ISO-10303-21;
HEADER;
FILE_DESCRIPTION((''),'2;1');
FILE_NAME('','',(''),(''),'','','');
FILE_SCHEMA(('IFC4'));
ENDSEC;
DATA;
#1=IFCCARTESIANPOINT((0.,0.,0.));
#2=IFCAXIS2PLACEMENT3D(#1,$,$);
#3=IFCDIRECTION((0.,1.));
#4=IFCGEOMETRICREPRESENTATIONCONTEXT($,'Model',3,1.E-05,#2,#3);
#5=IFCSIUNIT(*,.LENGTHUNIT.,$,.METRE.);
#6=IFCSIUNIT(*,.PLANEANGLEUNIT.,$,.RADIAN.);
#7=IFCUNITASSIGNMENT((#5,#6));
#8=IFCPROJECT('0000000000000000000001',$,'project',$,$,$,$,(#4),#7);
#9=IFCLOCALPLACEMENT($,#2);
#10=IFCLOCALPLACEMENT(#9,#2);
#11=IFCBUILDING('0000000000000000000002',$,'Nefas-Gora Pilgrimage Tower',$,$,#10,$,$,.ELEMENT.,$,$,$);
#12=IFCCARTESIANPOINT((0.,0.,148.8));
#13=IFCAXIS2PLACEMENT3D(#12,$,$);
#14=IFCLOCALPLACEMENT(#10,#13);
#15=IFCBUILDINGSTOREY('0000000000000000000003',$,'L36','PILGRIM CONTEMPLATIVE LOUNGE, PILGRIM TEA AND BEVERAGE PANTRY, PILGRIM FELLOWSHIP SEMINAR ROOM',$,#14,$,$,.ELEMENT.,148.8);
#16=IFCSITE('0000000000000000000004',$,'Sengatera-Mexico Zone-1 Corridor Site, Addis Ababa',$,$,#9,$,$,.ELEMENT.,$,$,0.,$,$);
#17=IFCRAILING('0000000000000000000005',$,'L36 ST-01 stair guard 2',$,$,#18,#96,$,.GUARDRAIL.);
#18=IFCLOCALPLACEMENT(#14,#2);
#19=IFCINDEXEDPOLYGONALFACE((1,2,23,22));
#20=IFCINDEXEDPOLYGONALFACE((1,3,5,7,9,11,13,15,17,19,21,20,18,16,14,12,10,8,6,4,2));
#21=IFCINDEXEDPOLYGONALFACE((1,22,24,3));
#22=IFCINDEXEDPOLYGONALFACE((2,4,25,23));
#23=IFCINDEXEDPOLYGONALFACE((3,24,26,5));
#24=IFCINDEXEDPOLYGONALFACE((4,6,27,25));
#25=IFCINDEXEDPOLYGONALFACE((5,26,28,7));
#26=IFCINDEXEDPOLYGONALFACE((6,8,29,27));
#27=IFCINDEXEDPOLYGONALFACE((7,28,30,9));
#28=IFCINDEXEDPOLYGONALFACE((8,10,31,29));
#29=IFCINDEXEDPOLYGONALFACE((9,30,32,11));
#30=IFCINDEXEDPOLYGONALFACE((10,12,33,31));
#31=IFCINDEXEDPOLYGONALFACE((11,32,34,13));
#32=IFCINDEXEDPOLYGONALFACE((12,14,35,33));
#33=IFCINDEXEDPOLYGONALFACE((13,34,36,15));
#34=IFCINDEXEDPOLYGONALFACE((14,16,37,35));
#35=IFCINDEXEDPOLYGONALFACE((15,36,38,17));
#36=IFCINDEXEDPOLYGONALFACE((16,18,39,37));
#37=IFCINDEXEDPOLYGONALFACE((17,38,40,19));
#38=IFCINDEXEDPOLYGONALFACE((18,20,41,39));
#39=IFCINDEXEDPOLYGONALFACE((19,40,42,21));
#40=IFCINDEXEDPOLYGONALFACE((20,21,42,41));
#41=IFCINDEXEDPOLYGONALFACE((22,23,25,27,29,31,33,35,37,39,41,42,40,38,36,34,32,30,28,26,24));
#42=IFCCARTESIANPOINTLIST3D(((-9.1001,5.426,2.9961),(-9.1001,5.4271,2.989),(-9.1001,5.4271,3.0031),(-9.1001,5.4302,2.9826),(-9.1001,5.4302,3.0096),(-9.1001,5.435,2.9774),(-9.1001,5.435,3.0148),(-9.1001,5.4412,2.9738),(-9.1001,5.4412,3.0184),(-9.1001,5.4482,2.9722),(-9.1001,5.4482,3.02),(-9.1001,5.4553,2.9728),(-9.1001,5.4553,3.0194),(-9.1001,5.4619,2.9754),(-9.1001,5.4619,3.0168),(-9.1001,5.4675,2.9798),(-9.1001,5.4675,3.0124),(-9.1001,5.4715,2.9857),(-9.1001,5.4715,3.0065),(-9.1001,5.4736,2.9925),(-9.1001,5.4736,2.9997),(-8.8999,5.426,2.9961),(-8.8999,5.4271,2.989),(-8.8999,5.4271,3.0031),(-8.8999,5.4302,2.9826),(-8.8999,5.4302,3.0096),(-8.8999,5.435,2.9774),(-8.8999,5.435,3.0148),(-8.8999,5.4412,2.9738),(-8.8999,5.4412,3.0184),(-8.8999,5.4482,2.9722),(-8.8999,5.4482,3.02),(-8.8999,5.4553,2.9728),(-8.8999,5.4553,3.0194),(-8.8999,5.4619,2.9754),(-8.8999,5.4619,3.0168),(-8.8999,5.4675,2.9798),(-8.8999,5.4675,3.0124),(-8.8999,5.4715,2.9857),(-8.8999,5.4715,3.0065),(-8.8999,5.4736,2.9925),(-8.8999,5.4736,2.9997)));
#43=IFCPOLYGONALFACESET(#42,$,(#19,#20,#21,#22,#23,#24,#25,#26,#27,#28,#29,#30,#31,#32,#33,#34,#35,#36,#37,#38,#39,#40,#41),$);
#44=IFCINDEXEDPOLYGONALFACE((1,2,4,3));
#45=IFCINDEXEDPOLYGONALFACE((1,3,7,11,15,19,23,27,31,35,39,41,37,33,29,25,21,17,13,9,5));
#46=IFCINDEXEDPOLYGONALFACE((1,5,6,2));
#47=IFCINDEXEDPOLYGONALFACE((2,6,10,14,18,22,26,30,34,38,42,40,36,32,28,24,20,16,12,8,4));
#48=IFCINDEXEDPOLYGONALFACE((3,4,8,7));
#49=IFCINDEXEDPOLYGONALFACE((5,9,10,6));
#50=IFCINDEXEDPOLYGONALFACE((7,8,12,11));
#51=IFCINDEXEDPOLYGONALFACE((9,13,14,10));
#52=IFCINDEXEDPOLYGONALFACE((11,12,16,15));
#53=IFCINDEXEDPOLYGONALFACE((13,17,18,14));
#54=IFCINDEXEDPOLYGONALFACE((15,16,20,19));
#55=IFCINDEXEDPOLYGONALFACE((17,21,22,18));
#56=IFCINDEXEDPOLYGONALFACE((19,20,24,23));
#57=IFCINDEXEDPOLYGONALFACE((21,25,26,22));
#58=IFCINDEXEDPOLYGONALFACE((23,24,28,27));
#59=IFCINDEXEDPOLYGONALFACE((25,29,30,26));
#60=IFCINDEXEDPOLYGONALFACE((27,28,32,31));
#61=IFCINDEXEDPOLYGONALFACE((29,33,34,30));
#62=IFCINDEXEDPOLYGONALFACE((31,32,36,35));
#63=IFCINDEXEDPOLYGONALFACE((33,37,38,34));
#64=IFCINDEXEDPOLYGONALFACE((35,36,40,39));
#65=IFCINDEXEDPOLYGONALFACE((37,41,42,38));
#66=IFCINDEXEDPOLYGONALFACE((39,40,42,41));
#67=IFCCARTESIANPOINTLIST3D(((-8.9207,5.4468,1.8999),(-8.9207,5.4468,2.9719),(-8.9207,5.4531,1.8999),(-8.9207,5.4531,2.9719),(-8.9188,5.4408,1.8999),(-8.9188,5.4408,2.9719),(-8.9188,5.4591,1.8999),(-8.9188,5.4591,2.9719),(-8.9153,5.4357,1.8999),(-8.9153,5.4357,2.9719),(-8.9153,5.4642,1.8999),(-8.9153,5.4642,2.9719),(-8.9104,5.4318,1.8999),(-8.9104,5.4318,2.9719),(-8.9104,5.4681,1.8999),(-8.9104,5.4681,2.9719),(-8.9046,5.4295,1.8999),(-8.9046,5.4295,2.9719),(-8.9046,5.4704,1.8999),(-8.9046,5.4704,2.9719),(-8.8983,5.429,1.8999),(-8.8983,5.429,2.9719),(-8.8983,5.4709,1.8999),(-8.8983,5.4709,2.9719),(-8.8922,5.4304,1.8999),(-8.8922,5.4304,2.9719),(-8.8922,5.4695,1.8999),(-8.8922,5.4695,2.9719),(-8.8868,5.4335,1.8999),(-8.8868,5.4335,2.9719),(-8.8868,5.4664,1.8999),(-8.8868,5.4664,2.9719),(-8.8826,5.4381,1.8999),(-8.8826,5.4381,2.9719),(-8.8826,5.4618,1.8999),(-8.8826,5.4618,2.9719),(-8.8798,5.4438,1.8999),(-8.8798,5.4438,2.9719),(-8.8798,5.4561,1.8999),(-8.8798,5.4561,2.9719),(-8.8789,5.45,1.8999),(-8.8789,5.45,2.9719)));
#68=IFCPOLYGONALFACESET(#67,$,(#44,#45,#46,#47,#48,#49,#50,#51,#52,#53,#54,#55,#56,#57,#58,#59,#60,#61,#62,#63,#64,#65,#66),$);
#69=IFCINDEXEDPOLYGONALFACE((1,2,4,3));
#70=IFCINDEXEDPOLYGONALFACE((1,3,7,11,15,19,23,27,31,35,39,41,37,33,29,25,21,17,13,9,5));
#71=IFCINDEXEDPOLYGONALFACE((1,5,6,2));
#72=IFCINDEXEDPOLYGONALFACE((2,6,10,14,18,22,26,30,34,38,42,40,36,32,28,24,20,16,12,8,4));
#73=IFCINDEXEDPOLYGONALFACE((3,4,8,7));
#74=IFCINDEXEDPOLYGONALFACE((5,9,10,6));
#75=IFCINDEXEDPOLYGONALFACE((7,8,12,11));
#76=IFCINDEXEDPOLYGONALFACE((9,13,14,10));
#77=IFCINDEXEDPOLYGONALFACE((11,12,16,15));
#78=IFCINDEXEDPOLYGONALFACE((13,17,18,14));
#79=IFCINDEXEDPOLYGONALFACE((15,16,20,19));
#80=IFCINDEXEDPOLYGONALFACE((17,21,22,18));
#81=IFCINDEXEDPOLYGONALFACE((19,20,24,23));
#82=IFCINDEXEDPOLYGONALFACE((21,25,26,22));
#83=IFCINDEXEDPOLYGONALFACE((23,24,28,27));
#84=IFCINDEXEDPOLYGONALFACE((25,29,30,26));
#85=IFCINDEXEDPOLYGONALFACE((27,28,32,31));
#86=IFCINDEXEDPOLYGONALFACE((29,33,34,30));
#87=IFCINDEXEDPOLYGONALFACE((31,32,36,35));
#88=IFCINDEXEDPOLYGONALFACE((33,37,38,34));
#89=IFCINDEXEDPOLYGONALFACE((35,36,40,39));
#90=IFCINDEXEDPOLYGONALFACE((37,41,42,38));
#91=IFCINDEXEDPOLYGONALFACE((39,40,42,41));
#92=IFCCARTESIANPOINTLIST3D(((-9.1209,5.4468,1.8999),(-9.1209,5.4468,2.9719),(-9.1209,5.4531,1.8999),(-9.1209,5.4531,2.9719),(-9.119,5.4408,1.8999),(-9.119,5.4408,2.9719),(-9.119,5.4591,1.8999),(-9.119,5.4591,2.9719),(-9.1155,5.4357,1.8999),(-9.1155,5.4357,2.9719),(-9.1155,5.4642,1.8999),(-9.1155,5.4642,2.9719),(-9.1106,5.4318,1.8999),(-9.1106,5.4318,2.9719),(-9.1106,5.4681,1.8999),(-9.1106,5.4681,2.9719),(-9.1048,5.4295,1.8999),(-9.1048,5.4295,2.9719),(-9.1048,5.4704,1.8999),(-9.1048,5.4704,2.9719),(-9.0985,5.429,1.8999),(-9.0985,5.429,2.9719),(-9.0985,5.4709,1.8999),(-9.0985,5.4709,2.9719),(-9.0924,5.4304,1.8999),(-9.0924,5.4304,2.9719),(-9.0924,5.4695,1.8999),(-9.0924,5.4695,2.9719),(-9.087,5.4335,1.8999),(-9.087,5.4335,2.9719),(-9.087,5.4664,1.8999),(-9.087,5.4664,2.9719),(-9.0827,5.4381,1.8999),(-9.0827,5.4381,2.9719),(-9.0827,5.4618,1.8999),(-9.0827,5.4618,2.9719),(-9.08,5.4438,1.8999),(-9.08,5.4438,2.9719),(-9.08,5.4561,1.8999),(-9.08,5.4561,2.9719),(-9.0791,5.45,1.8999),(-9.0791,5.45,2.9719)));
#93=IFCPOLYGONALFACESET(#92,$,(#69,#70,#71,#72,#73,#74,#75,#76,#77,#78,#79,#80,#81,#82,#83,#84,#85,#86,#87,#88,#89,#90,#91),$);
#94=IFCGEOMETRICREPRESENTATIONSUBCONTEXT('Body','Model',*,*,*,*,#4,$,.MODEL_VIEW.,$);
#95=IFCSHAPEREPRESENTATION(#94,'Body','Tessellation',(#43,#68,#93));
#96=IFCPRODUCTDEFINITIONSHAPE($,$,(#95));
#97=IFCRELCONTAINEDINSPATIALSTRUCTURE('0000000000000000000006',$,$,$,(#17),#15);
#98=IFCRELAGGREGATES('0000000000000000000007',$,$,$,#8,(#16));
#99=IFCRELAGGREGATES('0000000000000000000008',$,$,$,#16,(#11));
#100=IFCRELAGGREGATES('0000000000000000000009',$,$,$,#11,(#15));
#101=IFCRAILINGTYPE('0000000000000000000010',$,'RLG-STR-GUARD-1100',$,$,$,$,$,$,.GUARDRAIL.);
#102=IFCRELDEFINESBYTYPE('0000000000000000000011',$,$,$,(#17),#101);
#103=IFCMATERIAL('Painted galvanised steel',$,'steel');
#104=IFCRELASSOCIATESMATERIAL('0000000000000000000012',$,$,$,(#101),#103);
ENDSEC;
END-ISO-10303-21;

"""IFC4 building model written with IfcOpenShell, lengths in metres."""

from ifc_helpers import new_model, si_unit, direction, frame, origin, origin_2d, place, context, subcontext, project, spatial, circle, extrude, material, type_object, element, save


model = new_model("IFC4")

# Units and contexts
model_context = context("Model", 3, precision=1e-05, world=origin(), true_north=direction((0.0, 1.0)))
body_context = subcontext(model_context, "Body", "Model", "MODEL_VIEW")
ifc_project = project(units=[si_unit("LENGTHUNIT", "METRE"), si_unit("PLANEANGLEUNIT", "RADIAN")], contexts=[model_context])

# Site, building, storey
site_placement = place(None, origin())
site = spatial("IfcSite", under=ifc_project, at=site_placement, Name="Sengatera-Mexico Zone-1 Corridor Site, Addis Ababa", CompositionType="ELEMENT", RefElevation=0.0)
building_placement = place(site_placement, origin())
building = spatial("IfcBuilding", under=site, at=building_placement, Name="Nefas-Gora Pilgrimage Tower", CompositionType="ELEMENT")
storey_placement = place(building_placement, frame((0.0, 0.0, 148.8)))
storey = spatial("IfcBuildingStorey", under=building, at=storey_placement, Name="L36", Description="PILGRIM CONTEMPLATIVE LOUNGE, PILGRIM TEA AND BEVERAGE PANTRY, PILGRIM FELLOWSHIP SEMINAR ROOM", CompositionType="ELEMENT", Elevation=148.8)

# Railing
ifc_material_1 = material(Name="Painted galvanised steel", Category="steel")
railing_type_1 = type_object("IfcRailingType", Name="RLG-STR-GUARD-1100", PredefinedType="GUARDRAIL", material=ifc_material_1)
railing_1_placement = place(storey_placement, frame((-8.8999, 5.45, 1.8999)))
element("IfcRailing", 1, at=railing_1_placement, inside=storey, type_object=railing_type_1, Name="L36 ST-01 stair guard 2", PredefinedType="GUARDRAIL", context=body_context, shape_type="SweptSolid", body=[
    extrude(circle(Radius=0.0239, at=origin_2d()), frame((0.0, 0.0, 1.0962), z_axis=(-1.0, 0.0, 0.0), x_axis=(0.0, -1.0, 0.0)), (0.0, 0.0, 1.0), 0.2002),
    extrude(circle(Radius=0.021, at=origin_2d()), origin(), (0.0, 0.0, 1.0), 1.072),
    extrude(circle(Radius=0.021, at=origin_2d()), frame((-0.2002, 0.0, 0.0)), (0.0, 0.0, 1.0), 1.072),
])

save(model, "model.ifc")
